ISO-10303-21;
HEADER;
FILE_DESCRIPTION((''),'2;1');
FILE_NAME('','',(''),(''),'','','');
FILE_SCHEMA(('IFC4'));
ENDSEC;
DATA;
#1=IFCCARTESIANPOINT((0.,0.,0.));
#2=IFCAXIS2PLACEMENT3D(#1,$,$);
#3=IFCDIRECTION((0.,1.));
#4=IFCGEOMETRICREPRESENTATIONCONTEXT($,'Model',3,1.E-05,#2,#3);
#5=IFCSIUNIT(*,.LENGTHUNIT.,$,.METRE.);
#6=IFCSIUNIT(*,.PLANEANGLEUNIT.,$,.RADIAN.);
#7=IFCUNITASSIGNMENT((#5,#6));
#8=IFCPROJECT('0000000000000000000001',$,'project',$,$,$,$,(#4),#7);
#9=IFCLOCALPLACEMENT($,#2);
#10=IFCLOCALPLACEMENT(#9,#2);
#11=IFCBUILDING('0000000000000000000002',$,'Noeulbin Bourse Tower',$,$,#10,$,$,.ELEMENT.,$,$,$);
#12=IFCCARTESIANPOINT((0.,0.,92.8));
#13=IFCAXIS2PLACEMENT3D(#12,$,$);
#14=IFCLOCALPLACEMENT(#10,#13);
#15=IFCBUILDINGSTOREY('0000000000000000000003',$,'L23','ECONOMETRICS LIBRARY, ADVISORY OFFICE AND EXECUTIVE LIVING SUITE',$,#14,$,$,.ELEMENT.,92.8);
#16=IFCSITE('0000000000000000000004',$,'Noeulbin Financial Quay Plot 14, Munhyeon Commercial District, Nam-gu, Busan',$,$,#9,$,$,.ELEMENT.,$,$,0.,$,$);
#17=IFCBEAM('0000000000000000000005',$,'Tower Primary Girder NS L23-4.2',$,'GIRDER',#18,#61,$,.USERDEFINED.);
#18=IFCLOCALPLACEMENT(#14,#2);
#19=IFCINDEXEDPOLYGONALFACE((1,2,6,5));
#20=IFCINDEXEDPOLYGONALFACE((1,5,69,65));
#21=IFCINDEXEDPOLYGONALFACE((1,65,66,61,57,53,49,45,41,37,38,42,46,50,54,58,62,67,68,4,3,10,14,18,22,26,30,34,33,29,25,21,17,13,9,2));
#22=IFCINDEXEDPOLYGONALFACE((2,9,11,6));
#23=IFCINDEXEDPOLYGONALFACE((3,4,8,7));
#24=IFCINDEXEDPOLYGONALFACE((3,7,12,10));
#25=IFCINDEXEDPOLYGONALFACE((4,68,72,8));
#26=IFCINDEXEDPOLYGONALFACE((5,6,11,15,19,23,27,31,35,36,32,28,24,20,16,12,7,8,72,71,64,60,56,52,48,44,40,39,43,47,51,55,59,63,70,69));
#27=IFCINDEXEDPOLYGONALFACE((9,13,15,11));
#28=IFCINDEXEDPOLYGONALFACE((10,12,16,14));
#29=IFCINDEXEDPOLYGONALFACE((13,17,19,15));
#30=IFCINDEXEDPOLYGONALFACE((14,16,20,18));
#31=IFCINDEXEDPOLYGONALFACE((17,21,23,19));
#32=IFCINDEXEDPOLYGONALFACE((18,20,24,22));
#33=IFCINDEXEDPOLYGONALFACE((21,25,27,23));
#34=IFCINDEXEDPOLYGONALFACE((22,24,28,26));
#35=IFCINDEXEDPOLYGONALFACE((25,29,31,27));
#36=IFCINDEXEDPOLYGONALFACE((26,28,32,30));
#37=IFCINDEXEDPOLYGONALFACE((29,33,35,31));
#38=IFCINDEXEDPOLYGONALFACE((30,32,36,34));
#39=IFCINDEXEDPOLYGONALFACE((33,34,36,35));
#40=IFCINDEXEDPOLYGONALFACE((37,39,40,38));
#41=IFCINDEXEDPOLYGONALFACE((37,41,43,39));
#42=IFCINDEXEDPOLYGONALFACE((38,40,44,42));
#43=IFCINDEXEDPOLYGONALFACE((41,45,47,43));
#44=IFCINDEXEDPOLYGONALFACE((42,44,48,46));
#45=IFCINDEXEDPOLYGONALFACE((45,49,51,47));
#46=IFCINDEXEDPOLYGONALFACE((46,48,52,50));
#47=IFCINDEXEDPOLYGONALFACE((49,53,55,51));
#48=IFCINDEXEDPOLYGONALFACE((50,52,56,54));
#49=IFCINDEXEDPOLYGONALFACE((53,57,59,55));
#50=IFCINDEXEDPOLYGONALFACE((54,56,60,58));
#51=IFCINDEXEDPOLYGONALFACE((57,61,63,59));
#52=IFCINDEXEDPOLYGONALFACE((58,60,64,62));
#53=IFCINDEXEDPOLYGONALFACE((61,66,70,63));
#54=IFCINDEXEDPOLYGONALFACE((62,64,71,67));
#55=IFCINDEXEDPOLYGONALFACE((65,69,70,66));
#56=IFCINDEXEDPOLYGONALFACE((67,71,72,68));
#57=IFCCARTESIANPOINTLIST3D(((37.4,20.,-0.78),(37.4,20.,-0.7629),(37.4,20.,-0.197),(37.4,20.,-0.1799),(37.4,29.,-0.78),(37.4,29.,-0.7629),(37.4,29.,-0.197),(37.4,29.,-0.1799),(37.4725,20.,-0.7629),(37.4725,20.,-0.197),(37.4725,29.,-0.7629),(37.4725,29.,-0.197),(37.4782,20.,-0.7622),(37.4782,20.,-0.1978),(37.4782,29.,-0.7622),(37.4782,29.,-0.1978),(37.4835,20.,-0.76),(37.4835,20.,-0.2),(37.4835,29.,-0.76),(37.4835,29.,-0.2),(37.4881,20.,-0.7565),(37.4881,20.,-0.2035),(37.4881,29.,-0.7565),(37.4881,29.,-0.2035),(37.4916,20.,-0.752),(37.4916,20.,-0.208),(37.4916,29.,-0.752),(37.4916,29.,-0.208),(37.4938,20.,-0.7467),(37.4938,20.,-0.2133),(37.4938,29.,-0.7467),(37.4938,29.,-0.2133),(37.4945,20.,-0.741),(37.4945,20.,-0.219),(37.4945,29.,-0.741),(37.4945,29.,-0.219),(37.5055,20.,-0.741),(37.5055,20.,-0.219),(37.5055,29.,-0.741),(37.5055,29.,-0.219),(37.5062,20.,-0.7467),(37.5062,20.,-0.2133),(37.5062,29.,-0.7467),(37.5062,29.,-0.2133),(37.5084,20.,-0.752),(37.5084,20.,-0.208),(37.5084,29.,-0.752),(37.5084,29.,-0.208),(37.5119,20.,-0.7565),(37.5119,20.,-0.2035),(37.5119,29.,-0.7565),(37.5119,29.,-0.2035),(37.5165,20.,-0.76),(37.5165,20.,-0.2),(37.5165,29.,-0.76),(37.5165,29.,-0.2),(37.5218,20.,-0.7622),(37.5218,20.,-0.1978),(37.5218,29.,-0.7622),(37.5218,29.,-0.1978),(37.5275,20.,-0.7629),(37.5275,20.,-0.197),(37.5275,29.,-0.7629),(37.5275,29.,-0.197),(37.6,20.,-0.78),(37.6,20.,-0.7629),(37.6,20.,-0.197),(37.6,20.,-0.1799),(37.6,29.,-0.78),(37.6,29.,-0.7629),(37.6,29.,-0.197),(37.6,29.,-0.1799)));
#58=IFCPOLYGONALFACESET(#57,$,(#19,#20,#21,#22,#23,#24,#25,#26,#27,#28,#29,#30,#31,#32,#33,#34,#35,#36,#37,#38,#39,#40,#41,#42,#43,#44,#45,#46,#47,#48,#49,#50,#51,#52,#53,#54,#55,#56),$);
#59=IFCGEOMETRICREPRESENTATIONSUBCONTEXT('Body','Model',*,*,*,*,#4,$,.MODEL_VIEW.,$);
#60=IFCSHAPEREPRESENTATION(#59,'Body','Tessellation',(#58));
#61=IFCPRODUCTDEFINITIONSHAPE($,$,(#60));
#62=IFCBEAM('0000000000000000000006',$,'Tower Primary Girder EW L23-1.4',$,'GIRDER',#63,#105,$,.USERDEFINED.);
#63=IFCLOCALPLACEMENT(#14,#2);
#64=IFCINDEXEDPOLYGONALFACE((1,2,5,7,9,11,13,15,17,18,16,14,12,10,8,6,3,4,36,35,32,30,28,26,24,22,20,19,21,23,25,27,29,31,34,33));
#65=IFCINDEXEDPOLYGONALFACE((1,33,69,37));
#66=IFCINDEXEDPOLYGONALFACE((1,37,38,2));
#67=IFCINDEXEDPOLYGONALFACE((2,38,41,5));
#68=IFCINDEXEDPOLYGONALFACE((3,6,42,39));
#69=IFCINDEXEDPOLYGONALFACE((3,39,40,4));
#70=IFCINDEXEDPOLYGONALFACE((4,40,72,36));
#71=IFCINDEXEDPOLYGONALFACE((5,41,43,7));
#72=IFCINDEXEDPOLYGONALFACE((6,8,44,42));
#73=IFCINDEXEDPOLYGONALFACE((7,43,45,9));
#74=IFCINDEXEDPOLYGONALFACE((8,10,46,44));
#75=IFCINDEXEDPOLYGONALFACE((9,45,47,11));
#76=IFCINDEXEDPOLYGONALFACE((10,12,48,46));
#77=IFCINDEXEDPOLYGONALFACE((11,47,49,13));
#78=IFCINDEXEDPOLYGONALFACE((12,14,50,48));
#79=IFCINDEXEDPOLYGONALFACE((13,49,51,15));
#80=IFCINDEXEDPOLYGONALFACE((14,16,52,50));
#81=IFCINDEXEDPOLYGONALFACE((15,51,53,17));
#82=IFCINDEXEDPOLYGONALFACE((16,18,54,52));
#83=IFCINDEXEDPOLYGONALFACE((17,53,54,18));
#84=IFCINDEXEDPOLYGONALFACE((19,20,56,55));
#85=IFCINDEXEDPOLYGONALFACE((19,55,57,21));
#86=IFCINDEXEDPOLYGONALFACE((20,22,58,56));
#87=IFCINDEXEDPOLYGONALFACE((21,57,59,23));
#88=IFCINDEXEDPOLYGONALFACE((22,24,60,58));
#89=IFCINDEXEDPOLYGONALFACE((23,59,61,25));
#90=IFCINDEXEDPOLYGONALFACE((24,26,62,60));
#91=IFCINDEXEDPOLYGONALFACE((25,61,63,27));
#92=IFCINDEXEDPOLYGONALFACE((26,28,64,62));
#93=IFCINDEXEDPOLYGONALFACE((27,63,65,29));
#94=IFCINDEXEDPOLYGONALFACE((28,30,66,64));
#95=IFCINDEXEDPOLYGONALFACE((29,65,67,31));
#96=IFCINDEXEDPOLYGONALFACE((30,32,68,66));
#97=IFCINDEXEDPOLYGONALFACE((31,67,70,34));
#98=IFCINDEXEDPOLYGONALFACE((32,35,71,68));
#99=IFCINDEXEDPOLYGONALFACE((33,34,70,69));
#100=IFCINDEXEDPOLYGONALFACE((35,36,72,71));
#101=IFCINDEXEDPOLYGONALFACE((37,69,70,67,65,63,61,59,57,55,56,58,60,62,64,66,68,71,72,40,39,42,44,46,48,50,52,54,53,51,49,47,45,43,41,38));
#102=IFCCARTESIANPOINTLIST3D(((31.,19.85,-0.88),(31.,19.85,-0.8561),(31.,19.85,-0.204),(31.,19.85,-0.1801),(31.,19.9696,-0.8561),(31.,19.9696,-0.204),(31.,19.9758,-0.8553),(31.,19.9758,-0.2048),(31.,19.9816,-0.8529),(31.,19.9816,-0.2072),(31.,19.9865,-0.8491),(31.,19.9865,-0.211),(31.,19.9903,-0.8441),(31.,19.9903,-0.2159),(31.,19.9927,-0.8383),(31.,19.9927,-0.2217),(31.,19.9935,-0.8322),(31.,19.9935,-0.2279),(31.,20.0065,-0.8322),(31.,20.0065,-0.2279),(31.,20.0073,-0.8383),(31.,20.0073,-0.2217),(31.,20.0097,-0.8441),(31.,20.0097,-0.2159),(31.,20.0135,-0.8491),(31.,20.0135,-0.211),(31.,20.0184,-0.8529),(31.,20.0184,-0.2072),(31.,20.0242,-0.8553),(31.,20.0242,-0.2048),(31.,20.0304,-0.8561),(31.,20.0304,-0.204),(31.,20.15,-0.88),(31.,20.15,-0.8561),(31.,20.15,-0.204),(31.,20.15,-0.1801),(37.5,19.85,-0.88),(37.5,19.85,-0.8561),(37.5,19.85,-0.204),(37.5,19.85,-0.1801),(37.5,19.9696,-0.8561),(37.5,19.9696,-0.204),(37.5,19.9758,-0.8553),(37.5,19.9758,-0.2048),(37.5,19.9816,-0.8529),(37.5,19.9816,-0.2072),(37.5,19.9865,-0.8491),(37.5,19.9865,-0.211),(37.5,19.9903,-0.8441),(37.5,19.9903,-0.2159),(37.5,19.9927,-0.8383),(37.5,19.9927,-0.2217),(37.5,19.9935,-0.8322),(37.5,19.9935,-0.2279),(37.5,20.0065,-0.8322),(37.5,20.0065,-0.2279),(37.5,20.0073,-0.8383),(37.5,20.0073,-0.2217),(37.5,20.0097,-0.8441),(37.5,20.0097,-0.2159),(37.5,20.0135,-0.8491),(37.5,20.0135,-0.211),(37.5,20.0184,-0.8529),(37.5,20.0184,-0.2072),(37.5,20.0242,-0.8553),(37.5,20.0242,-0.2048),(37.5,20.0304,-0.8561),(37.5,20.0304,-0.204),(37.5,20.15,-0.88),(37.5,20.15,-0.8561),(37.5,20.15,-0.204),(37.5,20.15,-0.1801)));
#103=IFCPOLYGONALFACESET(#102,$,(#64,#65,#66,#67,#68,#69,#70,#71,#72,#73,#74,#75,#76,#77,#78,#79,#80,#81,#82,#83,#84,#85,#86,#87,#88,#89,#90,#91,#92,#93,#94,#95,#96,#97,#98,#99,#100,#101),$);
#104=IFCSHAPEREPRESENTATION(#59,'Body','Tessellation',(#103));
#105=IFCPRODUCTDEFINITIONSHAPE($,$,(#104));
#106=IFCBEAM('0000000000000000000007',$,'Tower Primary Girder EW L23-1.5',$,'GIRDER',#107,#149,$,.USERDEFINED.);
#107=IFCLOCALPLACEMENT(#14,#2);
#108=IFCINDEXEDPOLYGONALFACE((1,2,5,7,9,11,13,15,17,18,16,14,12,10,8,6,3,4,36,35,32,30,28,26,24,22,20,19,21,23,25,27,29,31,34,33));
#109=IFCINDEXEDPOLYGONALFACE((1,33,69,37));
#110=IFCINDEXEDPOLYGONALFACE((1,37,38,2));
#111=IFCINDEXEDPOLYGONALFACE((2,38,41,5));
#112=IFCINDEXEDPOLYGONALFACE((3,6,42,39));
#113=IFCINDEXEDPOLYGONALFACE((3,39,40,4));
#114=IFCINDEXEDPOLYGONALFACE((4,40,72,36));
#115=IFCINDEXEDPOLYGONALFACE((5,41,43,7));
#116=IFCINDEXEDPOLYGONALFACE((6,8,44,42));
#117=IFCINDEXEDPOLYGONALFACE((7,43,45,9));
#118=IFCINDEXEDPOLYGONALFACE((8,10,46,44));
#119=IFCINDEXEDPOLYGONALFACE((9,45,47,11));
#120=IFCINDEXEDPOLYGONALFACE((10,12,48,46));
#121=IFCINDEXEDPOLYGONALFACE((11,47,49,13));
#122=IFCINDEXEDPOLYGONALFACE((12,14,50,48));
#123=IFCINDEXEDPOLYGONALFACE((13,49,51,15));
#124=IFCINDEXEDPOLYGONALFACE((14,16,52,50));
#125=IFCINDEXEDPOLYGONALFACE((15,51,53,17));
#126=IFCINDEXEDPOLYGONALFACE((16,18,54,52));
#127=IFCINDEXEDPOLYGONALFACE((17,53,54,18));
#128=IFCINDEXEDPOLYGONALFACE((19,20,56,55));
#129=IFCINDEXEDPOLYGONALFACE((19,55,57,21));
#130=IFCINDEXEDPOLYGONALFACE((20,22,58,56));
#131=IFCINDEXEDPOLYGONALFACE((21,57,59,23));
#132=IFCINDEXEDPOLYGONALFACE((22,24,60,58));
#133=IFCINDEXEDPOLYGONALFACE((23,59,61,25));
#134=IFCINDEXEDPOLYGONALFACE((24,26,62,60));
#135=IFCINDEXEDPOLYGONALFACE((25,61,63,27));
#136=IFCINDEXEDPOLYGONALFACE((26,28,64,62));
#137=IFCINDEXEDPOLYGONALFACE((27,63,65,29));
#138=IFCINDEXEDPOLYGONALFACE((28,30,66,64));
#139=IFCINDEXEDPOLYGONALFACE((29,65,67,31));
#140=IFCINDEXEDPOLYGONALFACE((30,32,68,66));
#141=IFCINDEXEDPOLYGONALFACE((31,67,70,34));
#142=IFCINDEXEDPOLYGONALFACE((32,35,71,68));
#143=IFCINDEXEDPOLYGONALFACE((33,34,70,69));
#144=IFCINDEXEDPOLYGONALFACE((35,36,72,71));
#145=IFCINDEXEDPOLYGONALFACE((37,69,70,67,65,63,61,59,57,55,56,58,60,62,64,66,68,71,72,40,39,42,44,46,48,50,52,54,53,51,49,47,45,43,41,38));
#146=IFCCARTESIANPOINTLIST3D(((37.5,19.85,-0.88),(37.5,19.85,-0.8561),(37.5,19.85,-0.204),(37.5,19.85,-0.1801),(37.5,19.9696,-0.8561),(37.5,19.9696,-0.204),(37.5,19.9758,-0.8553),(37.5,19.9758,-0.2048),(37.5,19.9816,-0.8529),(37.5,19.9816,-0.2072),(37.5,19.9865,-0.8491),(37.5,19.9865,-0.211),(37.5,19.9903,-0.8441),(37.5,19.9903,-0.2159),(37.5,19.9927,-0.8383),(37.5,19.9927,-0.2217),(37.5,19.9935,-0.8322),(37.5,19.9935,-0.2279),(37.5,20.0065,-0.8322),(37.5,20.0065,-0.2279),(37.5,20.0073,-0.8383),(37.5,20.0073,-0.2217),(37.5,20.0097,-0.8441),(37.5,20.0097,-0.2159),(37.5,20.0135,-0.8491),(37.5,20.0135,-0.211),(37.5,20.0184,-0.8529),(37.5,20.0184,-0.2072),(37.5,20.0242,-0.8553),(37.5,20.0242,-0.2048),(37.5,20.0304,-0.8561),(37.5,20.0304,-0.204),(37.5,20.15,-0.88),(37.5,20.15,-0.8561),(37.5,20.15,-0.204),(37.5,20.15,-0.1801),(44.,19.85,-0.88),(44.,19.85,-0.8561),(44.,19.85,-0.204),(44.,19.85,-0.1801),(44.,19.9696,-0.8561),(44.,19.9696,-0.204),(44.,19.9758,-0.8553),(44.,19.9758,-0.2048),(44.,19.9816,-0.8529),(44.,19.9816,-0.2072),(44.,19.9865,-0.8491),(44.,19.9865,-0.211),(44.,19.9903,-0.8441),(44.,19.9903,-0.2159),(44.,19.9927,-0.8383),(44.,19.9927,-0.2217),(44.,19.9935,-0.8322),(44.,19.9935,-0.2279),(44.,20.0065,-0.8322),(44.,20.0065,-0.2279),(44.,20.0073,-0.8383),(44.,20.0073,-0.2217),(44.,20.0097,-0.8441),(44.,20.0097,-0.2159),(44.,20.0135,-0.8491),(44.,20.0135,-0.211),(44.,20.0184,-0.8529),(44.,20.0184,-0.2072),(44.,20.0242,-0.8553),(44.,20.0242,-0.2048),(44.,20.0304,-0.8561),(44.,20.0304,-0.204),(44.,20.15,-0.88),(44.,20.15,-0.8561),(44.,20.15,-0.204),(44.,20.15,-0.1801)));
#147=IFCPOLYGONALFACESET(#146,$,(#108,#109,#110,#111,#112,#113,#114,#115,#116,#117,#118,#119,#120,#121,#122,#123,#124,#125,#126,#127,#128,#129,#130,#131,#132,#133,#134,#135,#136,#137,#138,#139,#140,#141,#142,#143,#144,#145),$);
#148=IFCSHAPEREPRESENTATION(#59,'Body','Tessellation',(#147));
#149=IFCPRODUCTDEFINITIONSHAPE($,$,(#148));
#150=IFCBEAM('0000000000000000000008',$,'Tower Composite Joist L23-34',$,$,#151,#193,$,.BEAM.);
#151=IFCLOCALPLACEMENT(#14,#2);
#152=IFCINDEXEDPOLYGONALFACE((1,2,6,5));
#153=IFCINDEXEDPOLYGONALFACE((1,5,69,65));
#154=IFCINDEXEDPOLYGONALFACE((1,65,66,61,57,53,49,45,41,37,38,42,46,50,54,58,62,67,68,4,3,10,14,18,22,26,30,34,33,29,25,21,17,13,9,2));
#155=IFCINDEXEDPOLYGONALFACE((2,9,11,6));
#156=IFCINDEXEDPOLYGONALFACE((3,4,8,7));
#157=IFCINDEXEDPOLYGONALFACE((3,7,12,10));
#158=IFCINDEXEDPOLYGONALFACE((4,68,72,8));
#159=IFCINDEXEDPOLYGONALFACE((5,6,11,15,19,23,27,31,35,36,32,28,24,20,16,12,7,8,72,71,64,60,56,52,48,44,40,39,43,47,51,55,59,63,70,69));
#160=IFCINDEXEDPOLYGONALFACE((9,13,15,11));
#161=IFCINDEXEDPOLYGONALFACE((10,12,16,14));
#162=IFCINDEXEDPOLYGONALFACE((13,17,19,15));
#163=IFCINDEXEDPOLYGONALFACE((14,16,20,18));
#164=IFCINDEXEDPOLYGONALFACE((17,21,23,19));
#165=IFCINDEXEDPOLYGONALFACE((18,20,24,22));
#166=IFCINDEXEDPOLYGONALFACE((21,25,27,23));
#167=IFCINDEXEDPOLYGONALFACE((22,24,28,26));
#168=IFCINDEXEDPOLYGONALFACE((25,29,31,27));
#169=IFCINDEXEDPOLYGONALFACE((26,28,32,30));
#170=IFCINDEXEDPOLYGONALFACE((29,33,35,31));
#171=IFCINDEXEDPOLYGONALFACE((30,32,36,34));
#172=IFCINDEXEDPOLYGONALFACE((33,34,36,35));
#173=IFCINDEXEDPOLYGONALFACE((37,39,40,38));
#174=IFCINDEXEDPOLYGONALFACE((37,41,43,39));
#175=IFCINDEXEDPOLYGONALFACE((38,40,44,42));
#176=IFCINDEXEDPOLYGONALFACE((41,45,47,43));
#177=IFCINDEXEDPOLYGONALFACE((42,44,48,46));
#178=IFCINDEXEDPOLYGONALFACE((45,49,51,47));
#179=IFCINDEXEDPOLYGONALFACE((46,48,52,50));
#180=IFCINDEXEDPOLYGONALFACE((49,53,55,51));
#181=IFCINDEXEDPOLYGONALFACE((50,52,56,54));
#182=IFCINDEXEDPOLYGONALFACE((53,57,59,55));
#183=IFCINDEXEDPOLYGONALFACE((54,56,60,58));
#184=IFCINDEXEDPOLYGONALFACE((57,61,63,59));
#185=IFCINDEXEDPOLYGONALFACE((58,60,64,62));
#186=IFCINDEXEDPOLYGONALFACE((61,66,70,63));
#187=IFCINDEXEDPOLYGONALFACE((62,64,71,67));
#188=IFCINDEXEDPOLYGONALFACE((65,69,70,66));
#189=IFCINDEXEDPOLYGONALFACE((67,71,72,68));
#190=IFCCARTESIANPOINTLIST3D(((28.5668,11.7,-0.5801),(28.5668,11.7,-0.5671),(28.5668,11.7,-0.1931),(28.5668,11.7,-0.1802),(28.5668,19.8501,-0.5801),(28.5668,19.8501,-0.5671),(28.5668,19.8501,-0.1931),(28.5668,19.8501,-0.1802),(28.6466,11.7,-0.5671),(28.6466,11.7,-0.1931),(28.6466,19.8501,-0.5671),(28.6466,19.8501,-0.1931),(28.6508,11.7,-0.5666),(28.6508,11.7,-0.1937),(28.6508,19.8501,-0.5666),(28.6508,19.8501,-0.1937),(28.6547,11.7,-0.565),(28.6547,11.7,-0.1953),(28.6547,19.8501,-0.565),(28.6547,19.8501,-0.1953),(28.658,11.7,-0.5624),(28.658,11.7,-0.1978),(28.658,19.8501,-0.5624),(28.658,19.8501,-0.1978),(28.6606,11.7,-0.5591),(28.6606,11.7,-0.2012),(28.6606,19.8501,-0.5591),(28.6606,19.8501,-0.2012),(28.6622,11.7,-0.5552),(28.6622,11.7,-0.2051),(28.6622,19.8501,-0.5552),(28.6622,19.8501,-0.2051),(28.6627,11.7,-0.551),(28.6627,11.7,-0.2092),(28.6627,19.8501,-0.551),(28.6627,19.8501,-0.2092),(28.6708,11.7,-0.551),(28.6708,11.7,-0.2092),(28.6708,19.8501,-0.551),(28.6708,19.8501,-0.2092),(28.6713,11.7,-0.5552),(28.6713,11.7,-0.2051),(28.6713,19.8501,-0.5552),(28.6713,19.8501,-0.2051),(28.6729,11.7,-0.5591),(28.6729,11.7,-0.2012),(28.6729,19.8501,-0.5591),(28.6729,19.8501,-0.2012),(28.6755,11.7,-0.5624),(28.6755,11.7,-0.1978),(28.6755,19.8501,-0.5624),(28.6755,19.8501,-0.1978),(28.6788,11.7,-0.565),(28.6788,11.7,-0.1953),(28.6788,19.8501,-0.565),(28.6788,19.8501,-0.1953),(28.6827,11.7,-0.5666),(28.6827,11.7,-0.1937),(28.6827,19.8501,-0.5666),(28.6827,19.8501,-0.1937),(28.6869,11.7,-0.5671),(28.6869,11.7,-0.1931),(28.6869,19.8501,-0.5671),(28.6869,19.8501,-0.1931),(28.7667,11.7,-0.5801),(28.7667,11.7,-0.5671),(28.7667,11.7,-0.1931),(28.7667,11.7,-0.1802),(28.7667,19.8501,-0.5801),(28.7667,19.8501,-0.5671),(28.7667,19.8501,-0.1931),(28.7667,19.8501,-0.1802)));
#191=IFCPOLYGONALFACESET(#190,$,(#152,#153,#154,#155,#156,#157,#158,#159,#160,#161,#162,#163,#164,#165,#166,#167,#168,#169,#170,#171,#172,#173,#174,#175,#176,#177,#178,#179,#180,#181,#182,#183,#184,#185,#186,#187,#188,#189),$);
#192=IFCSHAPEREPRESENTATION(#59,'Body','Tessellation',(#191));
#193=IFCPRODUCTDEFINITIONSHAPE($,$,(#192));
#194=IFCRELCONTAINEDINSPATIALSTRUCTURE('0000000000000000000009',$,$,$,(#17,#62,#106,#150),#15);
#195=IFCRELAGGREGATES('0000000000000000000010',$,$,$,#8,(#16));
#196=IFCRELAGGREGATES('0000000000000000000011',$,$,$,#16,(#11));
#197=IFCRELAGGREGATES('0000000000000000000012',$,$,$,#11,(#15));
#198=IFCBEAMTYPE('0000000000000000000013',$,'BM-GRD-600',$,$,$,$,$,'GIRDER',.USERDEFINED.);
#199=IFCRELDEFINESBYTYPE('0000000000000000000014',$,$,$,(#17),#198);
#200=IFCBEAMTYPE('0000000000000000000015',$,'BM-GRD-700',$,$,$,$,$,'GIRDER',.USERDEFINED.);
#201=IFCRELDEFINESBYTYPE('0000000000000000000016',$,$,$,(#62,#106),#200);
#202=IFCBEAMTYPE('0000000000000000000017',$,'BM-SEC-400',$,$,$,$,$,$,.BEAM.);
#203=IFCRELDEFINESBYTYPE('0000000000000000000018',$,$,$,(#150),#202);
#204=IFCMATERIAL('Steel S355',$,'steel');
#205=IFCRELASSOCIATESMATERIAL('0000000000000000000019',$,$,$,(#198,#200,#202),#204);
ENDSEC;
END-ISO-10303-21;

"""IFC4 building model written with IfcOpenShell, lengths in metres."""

from ifc_helpers import new_model, si_unit, direction, frame, origin, origin_2d, place, context, subcontext, project, spatial, i_section, extrude, material, material_profile, profile_set, type_object, element, save


model = new_model("IFC4")

# Units and contexts
model_context = context("Model", 3, precision=1e-05, world=origin(), true_north=direction((0.0, 1.0)))
body_context = subcontext(model_context, "Body", "Model", "MODEL_VIEW")
ifc_project = project(units=[si_unit("LENGTHUNIT", "METRE"), si_unit("PLANEANGLEUNIT", "RADIAN")], contexts=[model_context])

# Site, building, storey
site_placement = place(None, origin())
site = spatial("IfcSite", under=ifc_project, at=site_placement, Name="Noeulbin Financial Quay Plot 14, Munhyeon Commercial District, Nam-gu, Busan", CompositionType="ELEMENT", RefElevation=0.0)
building_placement = place(site_placement, origin())
building = spatial("IfcBuilding", under=site, at=building_placement, Name="Noeulbin Bourse Tower", CompositionType="ELEMENT")
storey_placement = place(building_placement, frame((0.0, 0.0, 92.8)))
storey = spatial("IfcBuildingStorey", under=building, at=storey_placement, Name="L23", Description="ECONOMETRICS LIBRARY, ADVISORY OFFICE AND EXECUTIVE LIVING SUITE", CompositionType="ELEMENT", Elevation=92.8)

# Beams
ifc_material_1 = material(Name="Steel S355", Category="steel")
ifc_material_profile_1 = material_profile(ifc_material_1, i_section(OverallWidth=0.2, OverallDepth=0.6001, WebThickness=0.011, FlangeThickness=0.0171, FilletRadius=0.022, at=origin_2d()), Name="H-600x200x11x17", Category="LoadBearing")
ifc_profile_set_1 = profile_set([ifc_material_profile_1], Name="Steel S355")
beam_type_1 = type_object("IfcBeamType", Name="BM-GRD-600", ElementType="GIRDER", PredefinedType="USERDEFINED", material=ifc_profile_set_1)
for number, where, z_axis, x_axis, name in (
    (1, (37.5, 20.0, -0.48), (0.0, 1.0, 0.0), (-1.0, 0.0, 0.0), "Tower Primary Girder NS L23-4.2"),
):
    element("IfcBeam", number, at=place(storey_placement, frame(where, z_axis=z_axis, x_axis=x_axis)), inside=storey, type_object=beam_type_1, Name=name, ObjectType="GIRDER", PredefinedType="USERDEFINED", context=body_context, shape_type="SweptSolid", body=[
        extrude(i_section(OverallWidth=0.2, OverallDepth=0.6001, WebThickness=0.011, FlangeThickness=0.0171, FilletRadius=0.022, at=origin_2d()), origin(), (0.0, 0.0, 1.0), 9.0),
    ])
ifc_material_profile_2 = material_profile(ifc_material_1, i_section(OverallWidth=0.3, OverallDepth=0.7, WebThickness=0.0129, FlangeThickness=0.0239, FilletRadius=0.0239, at=origin_2d()), Name="H-700x300x13x24", Category="LoadBearing")
ifc_profile_set_2 = profile_set([ifc_material_profile_2], Name="Steel S355")
beam_type_2 = type_object("IfcBeamType", Name="BM-GRD-700", ElementType="GIRDER", PredefinedType="USERDEFINED", material=ifc_profile_set_2)
for number, where, z_axis, x_axis, name in (
    (2, (31.0, 20.0, -0.53), (1.0, 0.0, 0.0), (0.0, 1.0, 0.0), "Tower Primary Girder EW L23-1.4"),
    (3, (37.5, 20.0, -0.53), (1.0, 0.0, 0.0), (0.0, 1.0, 0.0), "Tower Primary Girder EW L23-1.5"),
):
    element("IfcBeam", number, at=place(storey_placement, frame(where, z_axis=z_axis, x_axis=x_axis)), inside=storey, type_object=beam_type_2, Name=name, ObjectType="GIRDER", PredefinedType="USERDEFINED", context=body_context, shape_type="SweptSolid", body=[
        extrude(i_section(OverallWidth=0.3, OverallDepth=0.7, WebThickness=0.0129, FlangeThickness=0.0239, FilletRadius=0.0239, at=origin_2d()), origin(), (0.0, 0.0, 1.0), 6.5),
    ])
ifc_material_profile_3 = material_profile(ifc_material_1, i_section(OverallWidth=0.2, OverallDepth=0.3999, WebThickness=0.0081, FlangeThickness=0.0129, FilletRadius=0.0161, at=origin_2d()), Name="H-400x200x8x13", Category="LoadBearing")
ifc_profile_set_3 = profile_set([ifc_material_profile_3], Name="Steel S355")
beam_type_3 = type_object("IfcBeamType", Name="BM-SEC-400", PredefinedType="BEAM", material=ifc_profile_set_3)
beam_1_placement = place(storey_placement, frame((28.6667, 11.7, -0.3801), z_axis=(0.0, 1.0, 0.0), x_axis=(-1.0, 0.0, 0.0)))
element("IfcBeam", 4, at=beam_1_placement, inside=storey, type_object=beam_type_3, Name="Tower Composite Joist L23-34", PredefinedType="BEAM", context=body_context, shape_type="SweptSolid", body=[
    extrude(i_section(OverallWidth=0.2, OverallDepth=0.3999, WebThickness=0.0081, FlangeThickness=0.0129, FilletRadius=0.0161, at=origin_2d()), origin(), (0.0, 0.0, 1.0), 8.1501),
])

save(model, "model.ifc")
